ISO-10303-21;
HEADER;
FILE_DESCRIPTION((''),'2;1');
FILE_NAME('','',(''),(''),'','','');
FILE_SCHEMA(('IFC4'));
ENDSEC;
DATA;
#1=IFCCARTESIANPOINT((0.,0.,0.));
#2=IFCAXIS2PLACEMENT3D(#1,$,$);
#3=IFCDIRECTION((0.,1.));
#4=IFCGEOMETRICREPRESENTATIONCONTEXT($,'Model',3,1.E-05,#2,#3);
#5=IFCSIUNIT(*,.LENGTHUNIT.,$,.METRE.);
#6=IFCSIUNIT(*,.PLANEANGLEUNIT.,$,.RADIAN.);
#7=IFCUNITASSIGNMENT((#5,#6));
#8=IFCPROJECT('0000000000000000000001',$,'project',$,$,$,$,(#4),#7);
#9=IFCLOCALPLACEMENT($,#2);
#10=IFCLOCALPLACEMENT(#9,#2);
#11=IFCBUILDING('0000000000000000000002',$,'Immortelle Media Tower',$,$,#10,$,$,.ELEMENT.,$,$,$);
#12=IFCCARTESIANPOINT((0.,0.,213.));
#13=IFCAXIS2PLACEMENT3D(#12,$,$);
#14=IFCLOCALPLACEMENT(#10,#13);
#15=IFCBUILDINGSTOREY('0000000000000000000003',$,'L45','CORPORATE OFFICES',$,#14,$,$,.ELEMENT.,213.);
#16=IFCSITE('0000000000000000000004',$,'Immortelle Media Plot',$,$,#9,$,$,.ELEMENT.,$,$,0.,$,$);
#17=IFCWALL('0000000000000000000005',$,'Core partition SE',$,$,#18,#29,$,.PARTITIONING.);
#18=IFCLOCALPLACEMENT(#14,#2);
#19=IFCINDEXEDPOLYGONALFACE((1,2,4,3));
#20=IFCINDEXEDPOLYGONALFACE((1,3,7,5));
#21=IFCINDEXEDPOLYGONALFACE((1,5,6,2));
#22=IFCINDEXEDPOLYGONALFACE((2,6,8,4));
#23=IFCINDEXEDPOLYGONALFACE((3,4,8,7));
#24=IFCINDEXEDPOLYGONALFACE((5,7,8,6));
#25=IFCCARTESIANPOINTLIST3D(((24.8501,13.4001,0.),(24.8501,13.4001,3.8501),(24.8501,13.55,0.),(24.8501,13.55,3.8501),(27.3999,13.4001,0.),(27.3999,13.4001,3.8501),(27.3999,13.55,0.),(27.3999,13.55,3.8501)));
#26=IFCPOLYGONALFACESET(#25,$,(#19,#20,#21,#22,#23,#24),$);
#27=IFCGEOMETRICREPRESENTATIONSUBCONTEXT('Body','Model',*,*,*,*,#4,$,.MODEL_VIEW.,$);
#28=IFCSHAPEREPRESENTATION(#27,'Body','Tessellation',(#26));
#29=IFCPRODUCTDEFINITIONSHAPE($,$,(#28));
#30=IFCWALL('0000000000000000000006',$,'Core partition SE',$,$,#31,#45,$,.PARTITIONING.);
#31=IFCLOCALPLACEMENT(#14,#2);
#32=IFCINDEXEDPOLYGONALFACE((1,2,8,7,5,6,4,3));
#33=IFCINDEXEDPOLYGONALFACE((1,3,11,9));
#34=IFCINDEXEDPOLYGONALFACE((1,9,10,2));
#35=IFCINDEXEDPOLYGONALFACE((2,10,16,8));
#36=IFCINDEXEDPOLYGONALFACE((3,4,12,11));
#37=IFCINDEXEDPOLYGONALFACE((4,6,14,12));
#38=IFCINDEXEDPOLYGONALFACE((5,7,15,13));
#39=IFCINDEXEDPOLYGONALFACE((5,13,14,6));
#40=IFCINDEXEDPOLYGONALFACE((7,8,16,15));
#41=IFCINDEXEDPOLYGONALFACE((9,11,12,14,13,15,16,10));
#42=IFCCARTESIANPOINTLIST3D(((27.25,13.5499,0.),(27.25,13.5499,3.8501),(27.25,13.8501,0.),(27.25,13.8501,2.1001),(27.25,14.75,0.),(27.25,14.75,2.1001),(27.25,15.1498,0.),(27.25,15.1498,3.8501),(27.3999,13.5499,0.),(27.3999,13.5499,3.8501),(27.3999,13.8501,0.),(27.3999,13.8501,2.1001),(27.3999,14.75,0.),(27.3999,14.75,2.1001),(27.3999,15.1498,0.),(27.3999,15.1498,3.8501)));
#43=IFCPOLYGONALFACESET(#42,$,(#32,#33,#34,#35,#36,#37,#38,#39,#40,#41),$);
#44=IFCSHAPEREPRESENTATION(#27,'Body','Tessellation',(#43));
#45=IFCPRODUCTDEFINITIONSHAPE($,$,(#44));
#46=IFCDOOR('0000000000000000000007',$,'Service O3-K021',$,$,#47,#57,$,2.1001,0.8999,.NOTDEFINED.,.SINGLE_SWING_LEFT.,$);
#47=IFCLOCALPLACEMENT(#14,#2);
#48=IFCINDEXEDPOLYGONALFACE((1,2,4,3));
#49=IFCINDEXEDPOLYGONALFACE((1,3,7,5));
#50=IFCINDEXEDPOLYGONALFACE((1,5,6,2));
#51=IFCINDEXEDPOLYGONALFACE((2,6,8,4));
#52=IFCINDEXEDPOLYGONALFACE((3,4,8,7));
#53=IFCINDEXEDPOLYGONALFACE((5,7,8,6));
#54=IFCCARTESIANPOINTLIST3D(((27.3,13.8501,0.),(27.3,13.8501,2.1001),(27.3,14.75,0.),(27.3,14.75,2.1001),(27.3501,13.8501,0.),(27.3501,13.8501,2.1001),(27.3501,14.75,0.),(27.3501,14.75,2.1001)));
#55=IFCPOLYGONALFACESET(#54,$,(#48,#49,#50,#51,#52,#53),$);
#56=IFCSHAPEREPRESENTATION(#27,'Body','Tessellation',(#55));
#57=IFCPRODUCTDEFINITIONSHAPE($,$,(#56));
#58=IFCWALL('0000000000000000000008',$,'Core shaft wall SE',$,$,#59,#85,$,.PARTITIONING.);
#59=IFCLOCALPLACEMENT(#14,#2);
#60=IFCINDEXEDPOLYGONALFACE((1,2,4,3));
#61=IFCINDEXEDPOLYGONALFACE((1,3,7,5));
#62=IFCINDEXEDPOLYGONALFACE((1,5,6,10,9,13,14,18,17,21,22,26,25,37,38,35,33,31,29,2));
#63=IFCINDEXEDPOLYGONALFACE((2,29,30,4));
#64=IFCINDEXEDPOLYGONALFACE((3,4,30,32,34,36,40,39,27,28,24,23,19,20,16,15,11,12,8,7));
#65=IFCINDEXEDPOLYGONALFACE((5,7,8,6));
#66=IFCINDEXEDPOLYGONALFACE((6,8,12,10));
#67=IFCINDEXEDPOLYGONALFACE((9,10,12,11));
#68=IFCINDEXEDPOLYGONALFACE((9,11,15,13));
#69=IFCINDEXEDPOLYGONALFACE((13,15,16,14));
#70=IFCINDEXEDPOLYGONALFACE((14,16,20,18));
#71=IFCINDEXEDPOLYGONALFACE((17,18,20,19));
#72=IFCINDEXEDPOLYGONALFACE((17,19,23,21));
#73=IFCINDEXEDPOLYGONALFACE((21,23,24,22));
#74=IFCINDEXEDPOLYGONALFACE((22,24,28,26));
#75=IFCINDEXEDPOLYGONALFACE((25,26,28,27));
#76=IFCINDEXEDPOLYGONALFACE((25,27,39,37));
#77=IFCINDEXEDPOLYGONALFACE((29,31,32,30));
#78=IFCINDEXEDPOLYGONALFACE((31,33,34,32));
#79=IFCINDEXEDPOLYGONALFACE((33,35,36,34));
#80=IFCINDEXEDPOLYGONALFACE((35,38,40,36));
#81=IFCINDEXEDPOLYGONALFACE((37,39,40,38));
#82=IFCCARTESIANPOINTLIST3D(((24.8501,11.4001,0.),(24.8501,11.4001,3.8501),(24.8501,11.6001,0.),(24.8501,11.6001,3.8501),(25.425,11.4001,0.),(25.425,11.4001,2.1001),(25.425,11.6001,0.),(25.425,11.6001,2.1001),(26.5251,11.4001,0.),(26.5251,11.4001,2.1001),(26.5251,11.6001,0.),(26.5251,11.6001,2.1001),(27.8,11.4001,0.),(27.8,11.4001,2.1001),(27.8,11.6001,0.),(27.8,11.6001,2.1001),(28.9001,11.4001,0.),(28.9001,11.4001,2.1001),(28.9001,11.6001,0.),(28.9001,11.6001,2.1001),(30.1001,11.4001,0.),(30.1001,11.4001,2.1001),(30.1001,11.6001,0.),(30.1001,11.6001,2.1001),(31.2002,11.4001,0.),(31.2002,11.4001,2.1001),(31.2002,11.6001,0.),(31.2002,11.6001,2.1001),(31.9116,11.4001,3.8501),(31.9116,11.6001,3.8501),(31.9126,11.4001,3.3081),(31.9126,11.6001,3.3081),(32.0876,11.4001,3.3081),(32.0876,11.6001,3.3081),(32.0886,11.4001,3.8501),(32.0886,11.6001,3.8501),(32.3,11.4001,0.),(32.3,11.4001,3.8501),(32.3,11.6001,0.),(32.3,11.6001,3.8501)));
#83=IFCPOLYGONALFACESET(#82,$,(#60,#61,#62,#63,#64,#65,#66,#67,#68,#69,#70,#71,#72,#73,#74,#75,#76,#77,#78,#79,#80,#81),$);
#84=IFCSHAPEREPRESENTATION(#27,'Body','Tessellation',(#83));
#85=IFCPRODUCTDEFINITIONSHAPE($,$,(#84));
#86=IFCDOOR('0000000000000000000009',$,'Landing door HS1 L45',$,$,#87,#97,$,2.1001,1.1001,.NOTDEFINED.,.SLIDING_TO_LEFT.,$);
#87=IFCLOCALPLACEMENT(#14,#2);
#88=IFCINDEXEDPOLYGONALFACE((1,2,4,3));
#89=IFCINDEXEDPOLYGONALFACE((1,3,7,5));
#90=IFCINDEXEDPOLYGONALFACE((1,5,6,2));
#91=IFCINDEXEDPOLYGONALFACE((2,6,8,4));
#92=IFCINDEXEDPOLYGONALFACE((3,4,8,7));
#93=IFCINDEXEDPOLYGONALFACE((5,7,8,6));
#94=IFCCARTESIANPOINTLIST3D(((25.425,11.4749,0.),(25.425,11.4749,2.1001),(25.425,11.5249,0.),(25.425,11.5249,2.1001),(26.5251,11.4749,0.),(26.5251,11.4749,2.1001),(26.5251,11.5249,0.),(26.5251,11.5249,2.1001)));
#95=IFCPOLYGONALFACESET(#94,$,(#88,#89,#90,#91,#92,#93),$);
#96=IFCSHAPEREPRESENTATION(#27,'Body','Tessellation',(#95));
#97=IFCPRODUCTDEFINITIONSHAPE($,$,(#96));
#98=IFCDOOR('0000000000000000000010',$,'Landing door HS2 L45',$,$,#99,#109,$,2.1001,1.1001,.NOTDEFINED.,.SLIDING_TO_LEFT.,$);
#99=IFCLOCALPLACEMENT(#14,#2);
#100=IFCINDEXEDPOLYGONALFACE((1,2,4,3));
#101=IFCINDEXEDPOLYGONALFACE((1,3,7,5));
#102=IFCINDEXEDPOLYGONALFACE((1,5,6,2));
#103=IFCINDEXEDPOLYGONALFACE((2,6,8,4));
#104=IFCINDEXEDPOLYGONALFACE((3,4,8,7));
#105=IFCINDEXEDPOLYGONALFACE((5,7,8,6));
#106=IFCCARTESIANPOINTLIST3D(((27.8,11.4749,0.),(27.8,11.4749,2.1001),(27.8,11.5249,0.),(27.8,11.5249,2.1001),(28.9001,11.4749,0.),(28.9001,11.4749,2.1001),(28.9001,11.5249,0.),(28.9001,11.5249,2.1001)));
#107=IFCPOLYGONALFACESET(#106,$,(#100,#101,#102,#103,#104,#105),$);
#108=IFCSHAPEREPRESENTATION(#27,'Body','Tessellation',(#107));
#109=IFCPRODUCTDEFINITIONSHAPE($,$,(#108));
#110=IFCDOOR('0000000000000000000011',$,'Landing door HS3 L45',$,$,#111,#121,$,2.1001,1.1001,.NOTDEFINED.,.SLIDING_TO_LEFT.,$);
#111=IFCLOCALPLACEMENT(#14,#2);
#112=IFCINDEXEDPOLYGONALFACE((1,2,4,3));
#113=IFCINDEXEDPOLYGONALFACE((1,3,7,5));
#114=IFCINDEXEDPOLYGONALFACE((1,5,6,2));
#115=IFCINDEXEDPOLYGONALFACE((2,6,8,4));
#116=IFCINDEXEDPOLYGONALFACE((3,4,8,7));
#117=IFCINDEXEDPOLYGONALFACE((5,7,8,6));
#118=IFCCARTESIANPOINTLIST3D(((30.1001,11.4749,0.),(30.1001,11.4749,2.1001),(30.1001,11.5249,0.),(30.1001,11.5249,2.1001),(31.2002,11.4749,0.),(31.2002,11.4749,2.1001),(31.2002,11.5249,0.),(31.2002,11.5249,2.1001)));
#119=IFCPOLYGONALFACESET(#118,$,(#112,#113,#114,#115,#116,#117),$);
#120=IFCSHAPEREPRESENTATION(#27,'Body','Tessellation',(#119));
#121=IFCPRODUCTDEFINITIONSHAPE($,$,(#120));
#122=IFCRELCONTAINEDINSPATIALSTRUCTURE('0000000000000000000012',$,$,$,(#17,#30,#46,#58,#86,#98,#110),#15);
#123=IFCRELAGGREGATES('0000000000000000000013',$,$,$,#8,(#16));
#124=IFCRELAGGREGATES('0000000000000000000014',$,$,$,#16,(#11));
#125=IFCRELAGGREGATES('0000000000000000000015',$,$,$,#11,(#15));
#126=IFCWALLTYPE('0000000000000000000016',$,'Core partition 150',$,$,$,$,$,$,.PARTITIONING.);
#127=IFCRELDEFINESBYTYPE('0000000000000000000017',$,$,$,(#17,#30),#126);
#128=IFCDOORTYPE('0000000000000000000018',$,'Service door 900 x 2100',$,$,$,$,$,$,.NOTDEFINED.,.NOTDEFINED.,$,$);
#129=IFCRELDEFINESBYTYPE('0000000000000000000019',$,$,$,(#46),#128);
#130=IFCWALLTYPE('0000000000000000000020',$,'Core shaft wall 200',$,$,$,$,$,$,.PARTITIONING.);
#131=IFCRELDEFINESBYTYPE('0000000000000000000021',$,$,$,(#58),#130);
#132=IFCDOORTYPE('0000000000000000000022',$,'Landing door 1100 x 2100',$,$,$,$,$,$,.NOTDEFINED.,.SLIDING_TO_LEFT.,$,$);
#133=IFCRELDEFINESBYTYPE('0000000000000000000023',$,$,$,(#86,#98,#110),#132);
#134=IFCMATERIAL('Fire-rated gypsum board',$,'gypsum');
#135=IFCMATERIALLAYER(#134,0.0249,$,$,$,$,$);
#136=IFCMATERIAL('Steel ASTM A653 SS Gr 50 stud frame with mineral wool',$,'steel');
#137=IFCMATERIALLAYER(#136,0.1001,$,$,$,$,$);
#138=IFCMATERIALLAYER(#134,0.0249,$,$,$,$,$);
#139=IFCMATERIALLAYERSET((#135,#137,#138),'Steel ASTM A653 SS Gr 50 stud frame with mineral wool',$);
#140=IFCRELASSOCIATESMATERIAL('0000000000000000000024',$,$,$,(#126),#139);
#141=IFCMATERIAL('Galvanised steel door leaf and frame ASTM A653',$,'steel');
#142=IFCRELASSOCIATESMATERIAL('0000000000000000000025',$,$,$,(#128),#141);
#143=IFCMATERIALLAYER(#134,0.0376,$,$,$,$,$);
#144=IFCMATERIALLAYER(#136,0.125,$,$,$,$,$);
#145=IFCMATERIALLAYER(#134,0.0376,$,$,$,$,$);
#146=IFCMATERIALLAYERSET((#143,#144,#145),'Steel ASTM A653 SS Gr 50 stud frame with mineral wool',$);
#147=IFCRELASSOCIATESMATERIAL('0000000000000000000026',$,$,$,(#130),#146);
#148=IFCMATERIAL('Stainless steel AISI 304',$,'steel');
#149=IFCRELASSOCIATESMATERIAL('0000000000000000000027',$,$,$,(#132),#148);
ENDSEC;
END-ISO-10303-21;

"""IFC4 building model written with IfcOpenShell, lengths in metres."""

from ifc_helpers import new_model, si_unit, direction, frame, frame_2d, origin, place, context, subcontext, project, spatial, polyline, rectangle, outline, extrude, material, layer, layer_set, type_object, element, fill, save


model = new_model("IFC4")

# Units and contexts
model_context = context("Model", 3, precision=1e-05, world=origin(), true_north=direction((0.0, 1.0)))
body_context = subcontext(model_context, "Body", "Model", "MODEL_VIEW")
ifc_project = project(units=[si_unit("LENGTHUNIT", "METRE"), si_unit("PLANEANGLEUNIT", "RADIAN")], contexts=[model_context])

# Site, building, storey
site_placement = place(None, origin())
site = spatial("IfcSite", under=ifc_project, at=site_placement, Name="Immortelle Media Plot", CompositionType="ELEMENT", RefElevation=0.0)
building_placement = place(site_placement, origin())
building = spatial("IfcBuilding", under=site, at=building_placement, Name="Immortelle Media Tower", CompositionType="ELEMENT")
storey_placement = place(building_placement, frame((0.0, 0.0, 213.0)))
storey = spatial("IfcBuildingStorey", under=building, at=storey_placement, Name="L45", Description="CORPORATE OFFICES", CompositionType="ELEMENT", Elevation=213.0)

# Wall
ifc_material_1 = material(Name="Fire-rated gypsum board", Category="gypsum")
ifc_layer_1 = layer(ifc_material_1, 0.0249)
ifc_material_2 = material(Name="Steel ASTM A653 SS Gr 50 stud frame with mineral wool", Category="steel")
ifc_layer_2 = layer(ifc_material_2, 0.1001)
ifc_layer_3 = layer(ifc_material_1, 0.0249)
ifc_layer_set_1 = layer_set([ifc_layer_1, ifc_layer_2, ifc_layer_3], Name="Steel ASTM A653 SS Gr 50 stud frame with mineral wool")
wall_type_1 = type_object("IfcWallType", Name="Core partition 150", PredefinedType="PARTITIONING", material=ifc_layer_set_1)
wall_1_placement = place(storey_placement, frame((24.8501, 13.4751, 0.0), z_axis=(0.0, 0.0, 1.0), x_axis=(1.0, 0.0, 0.0)))
element("IfcWall", 1, at=wall_1_placement, inside=storey, type_object=wall_type_1, Name="Core partition SE", PredefinedType="PARTITIONING", context=body_context, shape_type="SweptSolid", body=[
    extrude(rectangle(XDim=2.5498, YDim=0.1499, at=frame_2d((1.2749, 0.0))), origin(), (0.0, 0.0, 1.0), 3.8501),
])

# Wall, opening, door
wall_2_placement = place(storey_placement, frame((27.325, 13.55, 0.0), z_axis=(0.0, 0.0, 1.0), x_axis=(0.0, 1.0, 0.0)))
wall_2 = element("IfcWall", 2, at=wall_2_placement, inside=storey, type_object=wall_type_1, Name="Core partition SE", PredefinedType="PARTITIONING", context=body_context, shape_type="SweptSolid", body=[
    extrude(rectangle(XDim=1.5999, YDim=0.1499, at=frame_2d((0.7998, 0.0))), origin(), (0.0, 0.0, 1.0), 3.8501),
])
opening_1_placement = place(wall_2_placement, frame((0.3, 0.0, 0.0)))
opening_1 = element("IfcOpeningElement", 3, at=opening_1_placement, cuts=wall_2, PredefinedType="OPENING", context=body_context, shape_type="SweptSolid", body=[
    extrude(rectangle(XDim=0.8999, YDim=2.1001, at=frame_2d((0.45, 1.05))), frame((0.0, 0.085, 0.0), z_axis=(0.0, -1.0, 0.0), x_axis=(1.0, 0.0, 0.0)), (0.0, 0.0, 1.0), 0.1699),
])
ifc_material_3 = material(Name="Galvanised steel door leaf and frame ASTM A653", Category="steel")
door_type_1 = type_object("IfcDoorType", Name="Service door 900 x 2100", OperationType="NOTDEFINED", PredefinedType="NOTDEFINED", material=ifc_material_3)
door_1_placement = place(opening_1_placement, origin())
door_1 = element("IfcDoor", 4, at=door_1_placement, inside=storey, type_object=door_type_1, Name="Service O3-K021", OperationType="SINGLE_SWING_LEFT", OverallHeight=2.1001, OverallWidth=0.8999, PredefinedType="NOTDEFINED", context=body_context, shape_type="SweptSolid", body=[
    extrude(rectangle(XDim=0.8999, YDim=2.1001, at=frame_2d((0.45, 1.05))), frame((0.0, 0.0249, 0.0), z_axis=(0.0, -1.0, 0.0), x_axis=(1.0, 0.0, 0.0)), (0.0, 0.0, 1.0), 0.05),
])
fill(opening_1, door_1)

# Wall, openings, doors
ifc_layer_4 = layer(ifc_material_1, 0.0376)
ifc_layer_5 = layer(ifc_material_2, 0.125)
ifc_layer_6 = layer(ifc_material_1, 0.0376)
ifc_layer_set_2 = layer_set([ifc_layer_4, ifc_layer_5, ifc_layer_6], Name="Steel ASTM A653 SS Gr 50 stud frame with mineral wool")
wall_type_2 = type_object("IfcWallType", Name="Core shaft wall 200", PredefinedType="PARTITIONING", material=ifc_layer_set_2)
wall_3_placement = place(storey_placement, frame((24.8501, 11.5, 0.0), z_axis=(0.0, 0.0, 1.0), x_axis=(1.0, 0.0, 0.0)))
wall_3 = element("IfcWall", 5, at=wall_3_placement, inside=storey, type_object=wall_type_2, Name="Core shaft wall SE", PredefinedType="PARTITIONING", context=body_context, shape_type="SweptSolid", body=[
    extrude(outline(polyline([(0.0, 0.0), (7.45, 0.0), (7.45, 3.8501), (7.2385, 3.8501), (7.2375, 3.3081), (7.0625, 3.3081), (7.0615, 3.8501), (0.0, 3.8501), (0.0, 0.0)])), frame((0.0, 0.1001, 0.0), z_axis=(0.0, -1.0, 0.0), x_axis=(1.0, 0.0, 0.0)), (0.0, 0.0, 1.0), 0.2),
])
opening_2_placement = place(wall_3_placement, frame((0.575, 0.0, 0.0)))
opening_2 = element("IfcOpeningElement", 6, at=opening_2_placement, cuts=wall_3, PredefinedType="OPENING", context=body_context, shape_type="SweptSolid", body=[
    extrude(rectangle(XDim=1.1001, YDim=2.1001, at=frame_2d((0.55, 1.05))), frame((0.0, 0.1099, 0.0), z_axis=(0.0, -1.0, 0.0), x_axis=(1.0, 0.0, 0.0)), (0.0, 0.0, 1.0), 0.22),
])
opening_3_placement = place(wall_3_placement, frame((2.95, 0.0, 0.0)))
opening_3 = element("IfcOpeningElement", 7, at=opening_3_placement, cuts=wall_3, PredefinedType="OPENING", context=body_context, shape_type="SweptSolid", body=[
    extrude(rectangle(XDim=1.1001, YDim=2.1001, at=frame_2d((0.55, 1.05))), frame((0.0, 0.1099, 0.0), z_axis=(0.0, -1.0, 0.0), x_axis=(1.0, 0.0, 0.0)), (0.0, 0.0, 1.0), 0.22),
])
opening_4_placement = place(wall_3_placement, frame((5.25, 0.0, 0.0)))
opening_4 = element("IfcOpeningElement", 8, at=opening_4_placement, cuts=wall_3, PredefinedType="OPENING", context=body_context, shape_type="SweptSolid", body=[
    extrude(rectangle(XDim=1.1001, YDim=2.1001, at=frame_2d((0.55, 1.05))), frame((0.0, 0.1099, 0.0), z_axis=(0.0, -1.0, 0.0), x_axis=(1.0, 0.0, 0.0)), (0.0, 0.0, 1.0), 0.22),
])
ifc_material_4 = material(Name="Stainless steel AISI 304", Category="steel")
door_type_2 = type_object("IfcDoorType", Name="Landing door 1100 x 2100", OperationType="SLIDING_TO_LEFT", PredefinedType="NOTDEFINED", material=ifc_material_4)
door_2_placement = place(opening_2_placement, origin())
door_2 = element("IfcDoor", 9, at=door_2_placement, inside=storey, type_object=door_type_2, Name="Landing door HS1 L45", OperationType="SLIDING_TO_LEFT", OverallHeight=2.1001, OverallWidth=1.1001, PredefinedType="NOTDEFINED", context=body_context, shape_type="SweptSolid", body=[
    extrude(rectangle(XDim=1.1001, YDim=2.1001, at=frame_2d((0.55, 1.05))), frame((0.0, 0.0249, 0.0), z_axis=(0.0, -1.0, 0.0), x_axis=(1.0, 0.0, 0.0)), (0.0, 0.0, 1.0), 0.05),
])
fill(opening_2, door_2)
door_3_placement = place(opening_3_placement, origin())
door_3 = element("IfcDoor", 10, at=door_3_placement, inside=storey, type_object=door_type_2, Name="Landing door HS2 L45", OperationType="SLIDING_TO_LEFT", OverallHeight=2.1001, OverallWidth=1.1001, PredefinedType="NOTDEFINED", context=body_context, shape_type="SweptSolid", body=[
    extrude(rectangle(XDim=1.1001, YDim=2.1001, at=frame_2d((0.55, 1.05))), frame((0.0, 0.0249, 0.0), z_axis=(0.0, -1.0, 0.0), x_axis=(1.0, 0.0, 0.0)), (0.0, 0.0, 1.0), 0.05),
])
fill(opening_3, door_3)
door_4_placement = place(opening_4_placement, origin())
door_4 = element("IfcDoor", 11, at=door_4_placement, inside=storey, type_object=door_type_2, Name="Landing door HS3 L45", OperationType="SLIDING_TO_LEFT", OverallHeight=2.1001, OverallWidth=1.1001, PredefinedType="NOTDEFINED", context=body_context, shape_type="SweptSolid", body=[
    extrude(rectangle(XDim=1.1001, YDim=2.1001, at=frame_2d((0.55, 1.05))), frame((0.0, 0.0249, 0.0), z_axis=(0.0, -1.0, 0.0), x_axis=(1.0, 0.0, 0.0)), (0.0, 0.0, 1.0), 0.05),
])
fill(opening_4, door_4)

save(model, "model.ifc")
